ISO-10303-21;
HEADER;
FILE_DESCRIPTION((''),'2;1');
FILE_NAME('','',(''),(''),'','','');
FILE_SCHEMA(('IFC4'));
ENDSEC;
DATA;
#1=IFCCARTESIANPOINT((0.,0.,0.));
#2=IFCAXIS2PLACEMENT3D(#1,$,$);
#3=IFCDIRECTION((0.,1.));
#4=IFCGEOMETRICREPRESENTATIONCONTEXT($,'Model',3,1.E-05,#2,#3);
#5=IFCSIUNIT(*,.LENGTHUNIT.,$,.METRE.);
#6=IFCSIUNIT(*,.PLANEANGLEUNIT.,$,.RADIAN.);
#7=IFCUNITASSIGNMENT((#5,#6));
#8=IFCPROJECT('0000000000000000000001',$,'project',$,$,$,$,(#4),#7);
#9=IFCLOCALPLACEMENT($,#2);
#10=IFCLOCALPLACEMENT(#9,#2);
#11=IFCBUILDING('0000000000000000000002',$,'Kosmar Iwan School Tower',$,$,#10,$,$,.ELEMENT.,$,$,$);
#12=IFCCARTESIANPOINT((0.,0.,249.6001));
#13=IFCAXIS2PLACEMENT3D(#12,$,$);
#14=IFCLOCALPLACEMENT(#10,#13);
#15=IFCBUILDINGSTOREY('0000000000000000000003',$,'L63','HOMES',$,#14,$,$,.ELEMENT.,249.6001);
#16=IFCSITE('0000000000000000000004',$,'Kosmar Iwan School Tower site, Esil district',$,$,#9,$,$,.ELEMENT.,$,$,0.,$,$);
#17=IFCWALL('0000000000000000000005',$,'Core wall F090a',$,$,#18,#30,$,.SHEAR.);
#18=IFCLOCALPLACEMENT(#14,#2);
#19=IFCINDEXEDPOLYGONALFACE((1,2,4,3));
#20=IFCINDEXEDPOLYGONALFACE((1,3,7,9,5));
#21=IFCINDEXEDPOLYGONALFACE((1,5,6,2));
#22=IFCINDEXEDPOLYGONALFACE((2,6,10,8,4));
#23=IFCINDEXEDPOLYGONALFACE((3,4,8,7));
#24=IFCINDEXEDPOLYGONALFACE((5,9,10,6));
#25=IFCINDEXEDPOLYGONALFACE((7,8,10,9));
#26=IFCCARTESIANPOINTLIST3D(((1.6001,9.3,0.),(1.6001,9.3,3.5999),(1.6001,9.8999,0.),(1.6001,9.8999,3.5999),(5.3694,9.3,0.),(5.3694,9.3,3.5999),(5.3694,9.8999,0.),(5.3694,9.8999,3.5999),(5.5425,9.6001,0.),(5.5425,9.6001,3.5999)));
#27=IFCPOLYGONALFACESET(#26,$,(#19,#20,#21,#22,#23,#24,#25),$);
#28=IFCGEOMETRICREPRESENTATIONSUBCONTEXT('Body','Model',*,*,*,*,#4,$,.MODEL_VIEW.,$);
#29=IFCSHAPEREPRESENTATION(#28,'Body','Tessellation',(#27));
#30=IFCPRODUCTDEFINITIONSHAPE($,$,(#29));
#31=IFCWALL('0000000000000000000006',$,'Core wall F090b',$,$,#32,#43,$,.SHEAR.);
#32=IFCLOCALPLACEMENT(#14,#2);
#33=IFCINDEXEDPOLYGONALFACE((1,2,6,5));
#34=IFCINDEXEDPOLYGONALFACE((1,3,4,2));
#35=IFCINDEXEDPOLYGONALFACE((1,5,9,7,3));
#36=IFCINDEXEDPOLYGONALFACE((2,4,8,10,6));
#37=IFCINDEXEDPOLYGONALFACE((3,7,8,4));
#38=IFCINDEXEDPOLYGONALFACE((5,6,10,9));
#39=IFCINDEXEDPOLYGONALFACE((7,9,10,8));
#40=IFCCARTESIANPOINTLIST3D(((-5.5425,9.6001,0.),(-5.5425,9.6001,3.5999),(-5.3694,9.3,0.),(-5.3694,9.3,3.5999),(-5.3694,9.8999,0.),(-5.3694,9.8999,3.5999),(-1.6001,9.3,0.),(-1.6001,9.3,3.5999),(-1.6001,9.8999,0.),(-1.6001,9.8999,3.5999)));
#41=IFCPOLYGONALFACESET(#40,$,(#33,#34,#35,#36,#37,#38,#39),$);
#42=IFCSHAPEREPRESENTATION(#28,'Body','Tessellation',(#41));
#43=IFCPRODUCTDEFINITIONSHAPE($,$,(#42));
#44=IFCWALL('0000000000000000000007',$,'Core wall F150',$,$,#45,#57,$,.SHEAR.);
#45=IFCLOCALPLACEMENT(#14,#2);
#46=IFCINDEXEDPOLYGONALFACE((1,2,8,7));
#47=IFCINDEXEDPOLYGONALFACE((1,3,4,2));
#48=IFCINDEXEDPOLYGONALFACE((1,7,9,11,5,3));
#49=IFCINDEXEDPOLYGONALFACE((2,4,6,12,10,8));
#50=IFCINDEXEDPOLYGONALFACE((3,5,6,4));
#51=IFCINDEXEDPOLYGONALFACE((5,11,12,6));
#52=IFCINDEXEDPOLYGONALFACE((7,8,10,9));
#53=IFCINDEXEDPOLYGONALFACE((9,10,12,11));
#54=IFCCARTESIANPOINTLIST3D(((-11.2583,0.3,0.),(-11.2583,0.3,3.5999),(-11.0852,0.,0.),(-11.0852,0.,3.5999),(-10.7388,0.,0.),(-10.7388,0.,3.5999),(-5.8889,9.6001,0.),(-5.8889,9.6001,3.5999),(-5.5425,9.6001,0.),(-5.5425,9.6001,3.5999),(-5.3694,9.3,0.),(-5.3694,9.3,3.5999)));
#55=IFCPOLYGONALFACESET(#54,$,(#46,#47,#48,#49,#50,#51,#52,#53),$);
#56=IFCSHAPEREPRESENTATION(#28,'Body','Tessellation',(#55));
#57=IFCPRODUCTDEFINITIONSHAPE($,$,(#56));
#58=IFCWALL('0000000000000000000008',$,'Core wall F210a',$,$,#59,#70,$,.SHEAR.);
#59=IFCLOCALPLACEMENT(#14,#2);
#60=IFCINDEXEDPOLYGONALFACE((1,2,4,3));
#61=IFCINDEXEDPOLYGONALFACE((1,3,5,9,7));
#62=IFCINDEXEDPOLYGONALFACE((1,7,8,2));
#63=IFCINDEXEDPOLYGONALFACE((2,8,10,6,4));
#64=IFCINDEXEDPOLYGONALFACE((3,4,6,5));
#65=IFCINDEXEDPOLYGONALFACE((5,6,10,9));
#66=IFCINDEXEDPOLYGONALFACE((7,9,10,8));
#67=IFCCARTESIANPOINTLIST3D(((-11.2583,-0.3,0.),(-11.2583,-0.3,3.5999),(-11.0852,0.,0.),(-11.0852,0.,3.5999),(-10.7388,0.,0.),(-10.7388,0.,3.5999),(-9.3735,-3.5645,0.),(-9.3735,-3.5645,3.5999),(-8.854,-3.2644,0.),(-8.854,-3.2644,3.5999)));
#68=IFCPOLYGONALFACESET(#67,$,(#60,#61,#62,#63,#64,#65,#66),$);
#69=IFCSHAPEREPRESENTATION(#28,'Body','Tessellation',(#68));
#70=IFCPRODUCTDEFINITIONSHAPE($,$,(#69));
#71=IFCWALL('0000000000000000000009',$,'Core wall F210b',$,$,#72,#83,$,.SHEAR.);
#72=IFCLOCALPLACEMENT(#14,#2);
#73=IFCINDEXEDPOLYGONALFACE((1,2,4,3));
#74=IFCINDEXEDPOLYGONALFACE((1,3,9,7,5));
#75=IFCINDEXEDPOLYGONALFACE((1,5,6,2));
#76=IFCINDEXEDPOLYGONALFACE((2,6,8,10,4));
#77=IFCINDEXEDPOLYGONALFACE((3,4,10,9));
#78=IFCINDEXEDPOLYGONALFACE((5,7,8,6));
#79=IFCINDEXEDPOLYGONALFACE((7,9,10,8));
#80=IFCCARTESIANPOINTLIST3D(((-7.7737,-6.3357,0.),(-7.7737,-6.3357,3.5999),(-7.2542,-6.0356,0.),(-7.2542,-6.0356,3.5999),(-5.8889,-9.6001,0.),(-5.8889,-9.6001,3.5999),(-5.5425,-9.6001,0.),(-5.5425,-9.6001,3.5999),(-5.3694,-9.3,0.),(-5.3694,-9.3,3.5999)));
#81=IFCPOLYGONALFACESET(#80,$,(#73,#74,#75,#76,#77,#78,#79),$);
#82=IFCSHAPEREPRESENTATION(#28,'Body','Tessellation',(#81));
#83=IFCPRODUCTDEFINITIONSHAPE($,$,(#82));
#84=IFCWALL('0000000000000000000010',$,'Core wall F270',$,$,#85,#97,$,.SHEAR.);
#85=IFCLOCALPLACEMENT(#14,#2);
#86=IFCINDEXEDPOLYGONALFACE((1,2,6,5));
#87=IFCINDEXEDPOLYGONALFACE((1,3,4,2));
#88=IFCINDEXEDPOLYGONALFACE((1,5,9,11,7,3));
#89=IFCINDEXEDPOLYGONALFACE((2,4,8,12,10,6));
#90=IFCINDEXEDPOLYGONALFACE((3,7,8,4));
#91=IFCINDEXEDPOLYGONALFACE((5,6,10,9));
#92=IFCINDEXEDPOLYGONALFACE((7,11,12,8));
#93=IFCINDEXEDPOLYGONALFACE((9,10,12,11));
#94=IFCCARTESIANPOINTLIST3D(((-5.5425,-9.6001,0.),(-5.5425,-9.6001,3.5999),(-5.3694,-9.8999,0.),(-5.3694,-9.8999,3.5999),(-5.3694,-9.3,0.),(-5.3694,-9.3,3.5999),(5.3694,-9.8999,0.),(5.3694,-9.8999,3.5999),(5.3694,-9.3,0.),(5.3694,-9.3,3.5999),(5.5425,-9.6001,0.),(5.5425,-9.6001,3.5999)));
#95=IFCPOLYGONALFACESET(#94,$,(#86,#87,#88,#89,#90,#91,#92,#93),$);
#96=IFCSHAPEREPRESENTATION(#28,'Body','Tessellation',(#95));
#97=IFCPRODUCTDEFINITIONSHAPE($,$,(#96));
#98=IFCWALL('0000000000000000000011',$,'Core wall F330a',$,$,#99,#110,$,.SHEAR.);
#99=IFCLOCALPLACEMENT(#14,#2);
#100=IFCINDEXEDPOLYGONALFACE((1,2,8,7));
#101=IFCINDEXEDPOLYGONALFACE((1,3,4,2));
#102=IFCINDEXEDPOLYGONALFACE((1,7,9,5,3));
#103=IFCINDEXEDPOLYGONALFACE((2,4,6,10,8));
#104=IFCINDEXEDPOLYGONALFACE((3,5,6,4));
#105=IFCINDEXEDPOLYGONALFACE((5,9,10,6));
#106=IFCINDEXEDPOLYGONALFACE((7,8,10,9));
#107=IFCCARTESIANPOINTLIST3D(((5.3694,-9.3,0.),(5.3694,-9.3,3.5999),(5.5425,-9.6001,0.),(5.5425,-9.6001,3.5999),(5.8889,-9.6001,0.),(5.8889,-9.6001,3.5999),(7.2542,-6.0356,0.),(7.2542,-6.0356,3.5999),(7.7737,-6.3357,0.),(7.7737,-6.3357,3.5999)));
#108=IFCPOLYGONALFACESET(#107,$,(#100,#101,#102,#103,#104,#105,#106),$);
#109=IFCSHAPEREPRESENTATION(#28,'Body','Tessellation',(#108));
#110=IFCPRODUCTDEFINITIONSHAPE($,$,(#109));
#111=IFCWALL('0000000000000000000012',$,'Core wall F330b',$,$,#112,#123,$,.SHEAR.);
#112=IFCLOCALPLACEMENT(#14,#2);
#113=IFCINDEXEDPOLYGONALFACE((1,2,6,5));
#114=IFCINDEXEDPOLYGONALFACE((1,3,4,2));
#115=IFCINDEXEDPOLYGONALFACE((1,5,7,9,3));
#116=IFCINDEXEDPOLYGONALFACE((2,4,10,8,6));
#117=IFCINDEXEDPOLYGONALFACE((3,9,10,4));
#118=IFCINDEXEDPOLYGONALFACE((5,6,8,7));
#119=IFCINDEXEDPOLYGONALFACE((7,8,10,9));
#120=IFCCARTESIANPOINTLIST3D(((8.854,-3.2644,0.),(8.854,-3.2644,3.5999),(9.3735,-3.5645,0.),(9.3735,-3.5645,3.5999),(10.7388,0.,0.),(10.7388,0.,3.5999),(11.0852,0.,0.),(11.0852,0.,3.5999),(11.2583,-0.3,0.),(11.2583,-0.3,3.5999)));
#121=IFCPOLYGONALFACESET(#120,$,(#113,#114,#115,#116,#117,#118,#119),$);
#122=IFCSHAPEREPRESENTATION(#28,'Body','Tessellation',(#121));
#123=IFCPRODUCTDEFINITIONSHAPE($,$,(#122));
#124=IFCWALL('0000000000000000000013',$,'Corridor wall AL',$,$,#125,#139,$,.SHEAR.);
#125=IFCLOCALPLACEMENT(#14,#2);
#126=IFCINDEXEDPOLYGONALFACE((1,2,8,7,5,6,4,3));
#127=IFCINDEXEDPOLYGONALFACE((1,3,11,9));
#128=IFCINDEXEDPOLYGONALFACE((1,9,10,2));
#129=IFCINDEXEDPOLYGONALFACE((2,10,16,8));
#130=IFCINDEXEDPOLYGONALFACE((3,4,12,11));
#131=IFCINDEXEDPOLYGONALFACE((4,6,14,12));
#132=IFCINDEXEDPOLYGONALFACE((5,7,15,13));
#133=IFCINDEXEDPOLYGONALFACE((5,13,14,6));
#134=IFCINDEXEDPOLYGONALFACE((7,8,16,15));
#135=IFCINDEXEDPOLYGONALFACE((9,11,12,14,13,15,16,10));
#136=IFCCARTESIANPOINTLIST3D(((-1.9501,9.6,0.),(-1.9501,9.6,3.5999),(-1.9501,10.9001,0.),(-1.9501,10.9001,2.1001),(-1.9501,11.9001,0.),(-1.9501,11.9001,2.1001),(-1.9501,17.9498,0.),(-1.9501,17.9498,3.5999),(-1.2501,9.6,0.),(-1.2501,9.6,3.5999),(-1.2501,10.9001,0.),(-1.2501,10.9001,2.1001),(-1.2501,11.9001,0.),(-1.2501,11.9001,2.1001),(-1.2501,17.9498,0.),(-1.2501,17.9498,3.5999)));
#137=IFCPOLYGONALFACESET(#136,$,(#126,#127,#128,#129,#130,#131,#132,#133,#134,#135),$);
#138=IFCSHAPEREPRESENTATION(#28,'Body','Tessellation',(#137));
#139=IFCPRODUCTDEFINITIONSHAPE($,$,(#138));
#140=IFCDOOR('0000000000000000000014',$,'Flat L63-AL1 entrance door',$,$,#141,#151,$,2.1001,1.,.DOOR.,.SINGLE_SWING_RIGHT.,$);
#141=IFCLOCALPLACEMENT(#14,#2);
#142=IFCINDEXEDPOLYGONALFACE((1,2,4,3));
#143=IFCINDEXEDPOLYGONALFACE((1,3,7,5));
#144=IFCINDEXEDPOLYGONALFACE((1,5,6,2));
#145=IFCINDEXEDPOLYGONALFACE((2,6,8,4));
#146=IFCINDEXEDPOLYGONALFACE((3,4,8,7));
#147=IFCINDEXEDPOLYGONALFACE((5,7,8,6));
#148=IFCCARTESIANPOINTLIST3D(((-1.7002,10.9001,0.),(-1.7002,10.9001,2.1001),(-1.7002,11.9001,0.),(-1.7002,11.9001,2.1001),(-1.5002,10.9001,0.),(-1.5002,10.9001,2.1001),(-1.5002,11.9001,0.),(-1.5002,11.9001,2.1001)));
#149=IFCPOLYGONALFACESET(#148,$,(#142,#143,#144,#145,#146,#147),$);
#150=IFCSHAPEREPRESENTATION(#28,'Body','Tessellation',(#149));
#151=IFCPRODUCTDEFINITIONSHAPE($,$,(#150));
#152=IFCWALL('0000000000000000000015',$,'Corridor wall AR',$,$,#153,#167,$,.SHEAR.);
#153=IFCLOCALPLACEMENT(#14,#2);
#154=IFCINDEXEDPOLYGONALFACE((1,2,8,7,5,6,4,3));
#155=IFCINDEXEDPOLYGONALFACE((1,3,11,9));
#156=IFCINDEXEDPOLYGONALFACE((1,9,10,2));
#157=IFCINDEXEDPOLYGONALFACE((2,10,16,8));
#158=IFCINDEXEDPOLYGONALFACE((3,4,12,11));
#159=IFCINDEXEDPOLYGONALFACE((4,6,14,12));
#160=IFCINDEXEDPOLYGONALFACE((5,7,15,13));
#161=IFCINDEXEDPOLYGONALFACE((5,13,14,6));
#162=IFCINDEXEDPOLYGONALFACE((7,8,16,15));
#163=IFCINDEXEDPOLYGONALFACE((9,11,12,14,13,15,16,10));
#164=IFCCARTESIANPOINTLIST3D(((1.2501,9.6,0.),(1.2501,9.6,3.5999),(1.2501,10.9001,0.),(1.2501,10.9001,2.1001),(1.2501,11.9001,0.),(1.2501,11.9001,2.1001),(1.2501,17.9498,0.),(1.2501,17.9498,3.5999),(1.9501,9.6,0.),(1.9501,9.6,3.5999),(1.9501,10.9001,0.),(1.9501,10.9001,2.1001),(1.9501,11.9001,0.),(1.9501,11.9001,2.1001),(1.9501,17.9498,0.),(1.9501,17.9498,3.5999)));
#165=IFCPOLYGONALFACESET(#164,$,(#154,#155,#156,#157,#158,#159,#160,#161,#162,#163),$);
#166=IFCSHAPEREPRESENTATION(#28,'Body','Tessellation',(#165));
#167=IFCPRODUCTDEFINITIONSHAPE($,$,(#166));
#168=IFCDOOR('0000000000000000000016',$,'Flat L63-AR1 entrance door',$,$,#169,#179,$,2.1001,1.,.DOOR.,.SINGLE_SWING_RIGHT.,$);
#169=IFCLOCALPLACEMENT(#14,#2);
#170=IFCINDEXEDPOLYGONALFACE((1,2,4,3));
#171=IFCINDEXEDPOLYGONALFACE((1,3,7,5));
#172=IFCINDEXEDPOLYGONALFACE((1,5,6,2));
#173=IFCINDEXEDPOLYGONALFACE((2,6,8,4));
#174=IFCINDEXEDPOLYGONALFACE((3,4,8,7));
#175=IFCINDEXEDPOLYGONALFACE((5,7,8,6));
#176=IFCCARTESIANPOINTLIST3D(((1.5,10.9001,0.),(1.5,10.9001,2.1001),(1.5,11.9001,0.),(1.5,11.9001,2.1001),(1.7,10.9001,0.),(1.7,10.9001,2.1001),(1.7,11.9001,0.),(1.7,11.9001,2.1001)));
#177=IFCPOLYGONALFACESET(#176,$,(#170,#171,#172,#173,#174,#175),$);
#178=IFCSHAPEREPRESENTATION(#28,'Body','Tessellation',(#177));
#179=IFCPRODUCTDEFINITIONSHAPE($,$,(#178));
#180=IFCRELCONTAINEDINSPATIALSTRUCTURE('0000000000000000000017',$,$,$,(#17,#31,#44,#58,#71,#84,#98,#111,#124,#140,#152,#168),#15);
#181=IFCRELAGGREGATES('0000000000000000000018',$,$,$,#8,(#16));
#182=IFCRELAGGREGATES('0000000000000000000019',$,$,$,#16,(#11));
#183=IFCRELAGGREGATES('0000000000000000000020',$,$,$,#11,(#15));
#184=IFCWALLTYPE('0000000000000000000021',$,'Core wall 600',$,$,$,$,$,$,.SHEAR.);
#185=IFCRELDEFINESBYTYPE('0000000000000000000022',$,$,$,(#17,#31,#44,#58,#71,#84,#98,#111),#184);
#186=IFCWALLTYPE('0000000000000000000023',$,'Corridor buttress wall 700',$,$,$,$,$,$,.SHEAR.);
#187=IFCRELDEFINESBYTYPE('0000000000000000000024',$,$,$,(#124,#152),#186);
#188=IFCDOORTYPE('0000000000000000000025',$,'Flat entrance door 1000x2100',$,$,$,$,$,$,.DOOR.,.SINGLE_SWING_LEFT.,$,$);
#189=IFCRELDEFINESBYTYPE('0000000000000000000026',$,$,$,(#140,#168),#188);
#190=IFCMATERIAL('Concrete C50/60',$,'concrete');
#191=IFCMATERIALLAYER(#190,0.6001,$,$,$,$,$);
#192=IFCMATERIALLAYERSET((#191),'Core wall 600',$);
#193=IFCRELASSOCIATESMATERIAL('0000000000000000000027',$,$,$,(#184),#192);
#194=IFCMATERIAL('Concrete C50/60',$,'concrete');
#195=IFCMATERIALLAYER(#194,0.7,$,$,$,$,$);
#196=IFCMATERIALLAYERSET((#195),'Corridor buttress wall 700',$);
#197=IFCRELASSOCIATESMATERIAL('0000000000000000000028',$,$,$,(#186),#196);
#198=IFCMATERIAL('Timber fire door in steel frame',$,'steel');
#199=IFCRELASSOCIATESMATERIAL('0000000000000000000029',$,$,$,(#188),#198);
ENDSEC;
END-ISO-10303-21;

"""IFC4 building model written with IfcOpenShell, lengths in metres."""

from ifc_helpers import new_model, si_unit, direction, frame, frame_2d, origin, place, context, subcontext, project, spatial, polyline, rectangle, outline, extrude, material, layer, layer_set, type_object, element, fill, save


model = new_model("IFC4")

# Units and contexts
model_context = context("Model", 3, precision=1e-05, world=origin(), true_north=direction((0.0, 1.0)))
body_context = subcontext(model_context, "Body", "Model", "MODEL_VIEW")
ifc_project = project(units=[si_unit("LENGTHUNIT", "METRE"), si_unit("PLANEANGLEUNIT", "RADIAN")], contexts=[model_context])

# Site, building, storey
site_placement = place(None, origin())
site = spatial("IfcSite", under=ifc_project, at=site_placement, Name="Kosmar Iwan School Tower site, Esil district", CompositionType="ELEMENT", RefElevation=0.0)
building_placement = place(site_placement, origin())
building = spatial("IfcBuilding", under=site, at=building_placement, Name="Kosmar Iwan School Tower", CompositionType="ELEMENT")
storey_placement = place(building_placement, frame((0.0, 0.0, 249.6001)))
storey = spatial("IfcBuildingStorey", under=building, at=storey_placement, Name="L63", Description="HOMES", CompositionType="ELEMENT", Elevation=249.6001)

# Walls
ifc_material_1 = material(Name="Concrete C50/60", Category="concrete")
ifc_layer_1 = layer(ifc_material_1, 0.6001)
ifc_layer_set_1 = layer_set([ifc_layer_1], Name="Core wall 600")
wall_type_1 = type_object("IfcWallType", Name="Core wall 600", PredefinedType="SHEAR", material=ifc_layer_set_1)
wall_1_placement = place(storey_placement, origin())
element("IfcWall", 1, at=wall_1_placement, inside=storey, type_object=wall_type_1, Name="Core wall F090a", PredefinedType="SHEAR", context=body_context, shape_type="SweptSolid", body=[
    extrude(outline(polyline([(1.6001, 9.3), (5.3694, 9.3), (5.5425, 9.6001), (5.3694, 9.8999), (1.6001, 9.8999), (1.6001, 9.3)])), origin(), (0.0, 0.0, 1.0), 3.5999),
])
wall_2_placement = place(storey_placement, origin())
element("IfcWall", 2, at=wall_2_placement, inside=storey, type_object=wall_type_1, Name="Core wall F090b", PredefinedType="SHEAR", context=body_context, shape_type="SweptSolid", body=[
    extrude(outline(polyline([(-5.3694, 9.3), (-1.6001, 9.3), (-1.6001, 9.8999), (-5.3694, 9.8999), (-5.5425, 9.6001), (-5.3694, 9.3)])), origin(), (0.0, 0.0, 1.0), 3.5999),
])
wall_3_placement = place(storey_placement, origin())
element("IfcWall", 3, at=wall_3_placement, inside=storey, type_object=wall_type_1, Name="Core wall F150", PredefinedType="SHEAR", context=body_context, shape_type="SweptSolid", body=[
    extrude(outline(polyline([(-11.0852, 0.0), (-10.7388, 0.0), (-5.3694, 9.3), (-5.5425, 9.6001), (-5.8889, 9.6001), (-11.2583, 0.3), (-11.0852, 0.0)])), origin(), (0.0, 0.0, 1.0), 3.5999),
])
wall_4_placement = place(storey_placement, origin())
element("IfcWall", 4, at=wall_4_placement, inside=storey, type_object=wall_type_1, Name="Core wall F210a", PredefinedType="SHEAR", context=body_context, shape_type="SweptSolid", body=[
    extrude(outline(polyline([(-9.3735, -3.5645), (-8.854, -3.2644), (-10.7388, 0.0), (-11.0852, 0.0), (-11.2583, -0.3), (-9.3735, -3.5645)])), origin(), (0.0, 0.0, 1.0), 3.5999),
])
wall_5_placement = place(storey_placement, origin())
element("IfcWall", 5, at=wall_5_placement, inside=storey, type_object=wall_type_1, Name="Core wall F210b", PredefinedType="SHEAR", context=body_context, shape_type="SweptSolid", body=[
    extrude(outline(polyline([(-5.8889, -9.6001), (-5.5425, -9.6001), (-5.3694, -9.3), (-7.2542, -6.0356), (-7.7737, -6.3357), (-5.8889, -9.6001)])), origin(), (0.0, 0.0, 1.0), 3.5999),
])
wall_6_placement = place(storey_placement, origin())
element("IfcWall", 6, at=wall_6_placement, inside=storey, type_object=wall_type_1, Name="Core wall F270", PredefinedType="SHEAR", context=body_context, shape_type="SweptSolid", body=[
    extrude(outline(polyline([(-5.3694, -9.8999), (5.3694, -9.8999), (5.5425, -9.6001), (5.3694, -9.3), (-5.3694, -9.3), (-5.5425, -9.6001), (-5.3694, -9.8999)])), origin(), (0.0, 0.0, 1.0), 3.5999),
])
wall_7_placement = place(storey_placement, origin())
element("IfcWall", 7, at=wall_7_placement, inside=storey, type_object=wall_type_1, Name="Core wall F330a", PredefinedType="SHEAR", context=body_context, shape_type="SweptSolid", body=[
    extrude(outline(polyline([(5.5425, -9.6001), (5.8889, -9.6001), (7.7737, -6.3357), (7.2542, -6.0356), (5.3694, -9.3), (5.5425, -9.6001)])), origin(), (0.0, 0.0, 1.0), 3.5999),
])
wall_8_placement = place(storey_placement, origin())
element("IfcWall", 8, at=wall_8_placement, inside=storey, type_object=wall_type_1, Name="Core wall F330b", PredefinedType="SHEAR", context=body_context, shape_type="SweptSolid", body=[
    extrude(outline(polyline([(9.3735, -3.5645), (11.2583, -0.3), (11.0852, 0.0), (10.7388, 0.0), (8.854, -3.2644), (9.3735, -3.5645)])), origin(), (0.0, 0.0, 1.0), 3.5999),
])

# Walls, openings, doors
ifc_material_2 = material(Name="Concrete C50/60", Category="concrete")
ifc_layer_2 = layer(ifc_material_2, 0.7)
ifc_layer_set_2 = layer_set([ifc_layer_2], Name="Corridor buttress wall 700")
wall_type_2 = type_object("IfcWallType", Name="Corridor buttress wall 700", PredefinedType="SHEAR", material=ifc_layer_set_2)
wall_9_placement = place(storey_placement, frame((-1.6001, 9.6001, 0.0), z_axis=(0.0, 0.0, 1.0), x_axis=(0.0, 1.0, 0.0)))
wall_9 = element("IfcWall", 9, at=wall_9_placement, inside=storey, type_object=wall_type_2, Name="Corridor wall AL", PredefinedType="SHEAR", context=body_context, shape_type="SweptSolid", body=[
    extrude(rectangle(XDim=8.3499, YDim=0.7, at=frame_2d((4.1748, 0.0))), origin(), (0.0, 0.0, 1.0), 3.5999),
])
opening_1_placement = place(wall_9_placement, frame((1.3, 0.0, 0.0)))
opening_1 = element("IfcOpeningElement", 10, at=opening_1_placement, cuts=wall_9, PredefinedType="OPENING", context=body_context, shape_type="SweptSolid", body=[
    extrude(rectangle(XDim=1.0, YDim=2.1001, at=frame_2d((0.5, 1.05))), frame((0.0, 0.3621, 0.0), z_axis=(0.0, -1.0, 0.0), x_axis=(1.0, 0.0, 0.0)), (0.0, 0.0, 1.0), 0.7239),
])
ifc_material_3 = material(Name="Timber fire door in steel frame", Category="steel")
door_type_1 = type_object("IfcDoorType", Name="Flat entrance door 1000x2100", OperationType="SINGLE_SWING_LEFT", PredefinedType="DOOR", material=ifc_material_3)
door_1_placement = place(opening_1_placement, origin())
door_1 = element("IfcDoor", 11, at=door_1_placement, inside=storey, type_object=door_type_1, Name="Flat L63-AL1 entrance door", OperationType="SINGLE_SWING_RIGHT", OverallHeight=2.1001, OverallWidth=1.0, PredefinedType="DOOR", context=body_context, shape_type="SweptSolid", body=[
    extrude(rectangle(XDim=1.0, YDim=2.1001, at=frame_2d((0.5, 1.05))), frame((0.0, 0.1001, 0.0), z_axis=(0.0, -1.0, 0.0), x_axis=(1.0, 0.0, 0.0)), (0.0, 0.0, 1.0), 0.2),
])
fill(opening_1, door_1)
wall_10_placement = place(storey_placement, frame((1.6001, 9.6001, 0.0), z_axis=(0.0, 0.0, 1.0), x_axis=(0.0, 1.0, 0.0)))
wall_10 = element("IfcWall", 12, at=wall_10_placement, inside=storey, type_object=wall_type_2, Name="Corridor wall AR", PredefinedType="SHEAR", context=body_context, shape_type="SweptSolid", body=[
    extrude(rectangle(XDim=8.3499, YDim=0.7, at=frame_2d((4.1748, 0.0))), origin(), (0.0, 0.0, 1.0), 3.5999),
])
opening_2_placement = place(wall_10_placement, frame((1.3, 0.0, 0.0)))
opening_2 = element("IfcOpeningElement", 13, at=opening_2_placement, cuts=wall_10, PredefinedType="OPENING", context=body_context, shape_type="SweptSolid", body=[
    extrude(rectangle(XDim=1.0, YDim=2.1001, at=frame_2d((0.5, 1.05))), frame((0.0, 0.3621, 0.0), z_axis=(0.0, -1.0, 0.0), x_axis=(1.0, 0.0, 0.0)), (0.0, 0.0, 1.0), 0.7239),
])
door_2_placement = place(opening_2_placement, origin())
door_2 = element("IfcDoor", 14, at=door_2_placement, inside=storey, type_object=door_type_1, Name="Flat L63-AR1 entrance door", OperationType="SINGLE_SWING_RIGHT", OverallHeight=2.1001, OverallWidth=1.0, PredefinedType="DOOR", context=body_context, shape_type="SweptSolid", body=[
    extrude(rectangle(XDim=1.0, YDim=2.1001, at=frame_2d((0.5, 1.05))), frame((0.0, 0.1001, 0.0), z_axis=(0.0, -1.0, 0.0), x_axis=(1.0, 0.0, 0.0)), (0.0, 0.0, 1.0), 0.2),
])
fill(opening_2, door_2)

save(model, "model.ifc")
